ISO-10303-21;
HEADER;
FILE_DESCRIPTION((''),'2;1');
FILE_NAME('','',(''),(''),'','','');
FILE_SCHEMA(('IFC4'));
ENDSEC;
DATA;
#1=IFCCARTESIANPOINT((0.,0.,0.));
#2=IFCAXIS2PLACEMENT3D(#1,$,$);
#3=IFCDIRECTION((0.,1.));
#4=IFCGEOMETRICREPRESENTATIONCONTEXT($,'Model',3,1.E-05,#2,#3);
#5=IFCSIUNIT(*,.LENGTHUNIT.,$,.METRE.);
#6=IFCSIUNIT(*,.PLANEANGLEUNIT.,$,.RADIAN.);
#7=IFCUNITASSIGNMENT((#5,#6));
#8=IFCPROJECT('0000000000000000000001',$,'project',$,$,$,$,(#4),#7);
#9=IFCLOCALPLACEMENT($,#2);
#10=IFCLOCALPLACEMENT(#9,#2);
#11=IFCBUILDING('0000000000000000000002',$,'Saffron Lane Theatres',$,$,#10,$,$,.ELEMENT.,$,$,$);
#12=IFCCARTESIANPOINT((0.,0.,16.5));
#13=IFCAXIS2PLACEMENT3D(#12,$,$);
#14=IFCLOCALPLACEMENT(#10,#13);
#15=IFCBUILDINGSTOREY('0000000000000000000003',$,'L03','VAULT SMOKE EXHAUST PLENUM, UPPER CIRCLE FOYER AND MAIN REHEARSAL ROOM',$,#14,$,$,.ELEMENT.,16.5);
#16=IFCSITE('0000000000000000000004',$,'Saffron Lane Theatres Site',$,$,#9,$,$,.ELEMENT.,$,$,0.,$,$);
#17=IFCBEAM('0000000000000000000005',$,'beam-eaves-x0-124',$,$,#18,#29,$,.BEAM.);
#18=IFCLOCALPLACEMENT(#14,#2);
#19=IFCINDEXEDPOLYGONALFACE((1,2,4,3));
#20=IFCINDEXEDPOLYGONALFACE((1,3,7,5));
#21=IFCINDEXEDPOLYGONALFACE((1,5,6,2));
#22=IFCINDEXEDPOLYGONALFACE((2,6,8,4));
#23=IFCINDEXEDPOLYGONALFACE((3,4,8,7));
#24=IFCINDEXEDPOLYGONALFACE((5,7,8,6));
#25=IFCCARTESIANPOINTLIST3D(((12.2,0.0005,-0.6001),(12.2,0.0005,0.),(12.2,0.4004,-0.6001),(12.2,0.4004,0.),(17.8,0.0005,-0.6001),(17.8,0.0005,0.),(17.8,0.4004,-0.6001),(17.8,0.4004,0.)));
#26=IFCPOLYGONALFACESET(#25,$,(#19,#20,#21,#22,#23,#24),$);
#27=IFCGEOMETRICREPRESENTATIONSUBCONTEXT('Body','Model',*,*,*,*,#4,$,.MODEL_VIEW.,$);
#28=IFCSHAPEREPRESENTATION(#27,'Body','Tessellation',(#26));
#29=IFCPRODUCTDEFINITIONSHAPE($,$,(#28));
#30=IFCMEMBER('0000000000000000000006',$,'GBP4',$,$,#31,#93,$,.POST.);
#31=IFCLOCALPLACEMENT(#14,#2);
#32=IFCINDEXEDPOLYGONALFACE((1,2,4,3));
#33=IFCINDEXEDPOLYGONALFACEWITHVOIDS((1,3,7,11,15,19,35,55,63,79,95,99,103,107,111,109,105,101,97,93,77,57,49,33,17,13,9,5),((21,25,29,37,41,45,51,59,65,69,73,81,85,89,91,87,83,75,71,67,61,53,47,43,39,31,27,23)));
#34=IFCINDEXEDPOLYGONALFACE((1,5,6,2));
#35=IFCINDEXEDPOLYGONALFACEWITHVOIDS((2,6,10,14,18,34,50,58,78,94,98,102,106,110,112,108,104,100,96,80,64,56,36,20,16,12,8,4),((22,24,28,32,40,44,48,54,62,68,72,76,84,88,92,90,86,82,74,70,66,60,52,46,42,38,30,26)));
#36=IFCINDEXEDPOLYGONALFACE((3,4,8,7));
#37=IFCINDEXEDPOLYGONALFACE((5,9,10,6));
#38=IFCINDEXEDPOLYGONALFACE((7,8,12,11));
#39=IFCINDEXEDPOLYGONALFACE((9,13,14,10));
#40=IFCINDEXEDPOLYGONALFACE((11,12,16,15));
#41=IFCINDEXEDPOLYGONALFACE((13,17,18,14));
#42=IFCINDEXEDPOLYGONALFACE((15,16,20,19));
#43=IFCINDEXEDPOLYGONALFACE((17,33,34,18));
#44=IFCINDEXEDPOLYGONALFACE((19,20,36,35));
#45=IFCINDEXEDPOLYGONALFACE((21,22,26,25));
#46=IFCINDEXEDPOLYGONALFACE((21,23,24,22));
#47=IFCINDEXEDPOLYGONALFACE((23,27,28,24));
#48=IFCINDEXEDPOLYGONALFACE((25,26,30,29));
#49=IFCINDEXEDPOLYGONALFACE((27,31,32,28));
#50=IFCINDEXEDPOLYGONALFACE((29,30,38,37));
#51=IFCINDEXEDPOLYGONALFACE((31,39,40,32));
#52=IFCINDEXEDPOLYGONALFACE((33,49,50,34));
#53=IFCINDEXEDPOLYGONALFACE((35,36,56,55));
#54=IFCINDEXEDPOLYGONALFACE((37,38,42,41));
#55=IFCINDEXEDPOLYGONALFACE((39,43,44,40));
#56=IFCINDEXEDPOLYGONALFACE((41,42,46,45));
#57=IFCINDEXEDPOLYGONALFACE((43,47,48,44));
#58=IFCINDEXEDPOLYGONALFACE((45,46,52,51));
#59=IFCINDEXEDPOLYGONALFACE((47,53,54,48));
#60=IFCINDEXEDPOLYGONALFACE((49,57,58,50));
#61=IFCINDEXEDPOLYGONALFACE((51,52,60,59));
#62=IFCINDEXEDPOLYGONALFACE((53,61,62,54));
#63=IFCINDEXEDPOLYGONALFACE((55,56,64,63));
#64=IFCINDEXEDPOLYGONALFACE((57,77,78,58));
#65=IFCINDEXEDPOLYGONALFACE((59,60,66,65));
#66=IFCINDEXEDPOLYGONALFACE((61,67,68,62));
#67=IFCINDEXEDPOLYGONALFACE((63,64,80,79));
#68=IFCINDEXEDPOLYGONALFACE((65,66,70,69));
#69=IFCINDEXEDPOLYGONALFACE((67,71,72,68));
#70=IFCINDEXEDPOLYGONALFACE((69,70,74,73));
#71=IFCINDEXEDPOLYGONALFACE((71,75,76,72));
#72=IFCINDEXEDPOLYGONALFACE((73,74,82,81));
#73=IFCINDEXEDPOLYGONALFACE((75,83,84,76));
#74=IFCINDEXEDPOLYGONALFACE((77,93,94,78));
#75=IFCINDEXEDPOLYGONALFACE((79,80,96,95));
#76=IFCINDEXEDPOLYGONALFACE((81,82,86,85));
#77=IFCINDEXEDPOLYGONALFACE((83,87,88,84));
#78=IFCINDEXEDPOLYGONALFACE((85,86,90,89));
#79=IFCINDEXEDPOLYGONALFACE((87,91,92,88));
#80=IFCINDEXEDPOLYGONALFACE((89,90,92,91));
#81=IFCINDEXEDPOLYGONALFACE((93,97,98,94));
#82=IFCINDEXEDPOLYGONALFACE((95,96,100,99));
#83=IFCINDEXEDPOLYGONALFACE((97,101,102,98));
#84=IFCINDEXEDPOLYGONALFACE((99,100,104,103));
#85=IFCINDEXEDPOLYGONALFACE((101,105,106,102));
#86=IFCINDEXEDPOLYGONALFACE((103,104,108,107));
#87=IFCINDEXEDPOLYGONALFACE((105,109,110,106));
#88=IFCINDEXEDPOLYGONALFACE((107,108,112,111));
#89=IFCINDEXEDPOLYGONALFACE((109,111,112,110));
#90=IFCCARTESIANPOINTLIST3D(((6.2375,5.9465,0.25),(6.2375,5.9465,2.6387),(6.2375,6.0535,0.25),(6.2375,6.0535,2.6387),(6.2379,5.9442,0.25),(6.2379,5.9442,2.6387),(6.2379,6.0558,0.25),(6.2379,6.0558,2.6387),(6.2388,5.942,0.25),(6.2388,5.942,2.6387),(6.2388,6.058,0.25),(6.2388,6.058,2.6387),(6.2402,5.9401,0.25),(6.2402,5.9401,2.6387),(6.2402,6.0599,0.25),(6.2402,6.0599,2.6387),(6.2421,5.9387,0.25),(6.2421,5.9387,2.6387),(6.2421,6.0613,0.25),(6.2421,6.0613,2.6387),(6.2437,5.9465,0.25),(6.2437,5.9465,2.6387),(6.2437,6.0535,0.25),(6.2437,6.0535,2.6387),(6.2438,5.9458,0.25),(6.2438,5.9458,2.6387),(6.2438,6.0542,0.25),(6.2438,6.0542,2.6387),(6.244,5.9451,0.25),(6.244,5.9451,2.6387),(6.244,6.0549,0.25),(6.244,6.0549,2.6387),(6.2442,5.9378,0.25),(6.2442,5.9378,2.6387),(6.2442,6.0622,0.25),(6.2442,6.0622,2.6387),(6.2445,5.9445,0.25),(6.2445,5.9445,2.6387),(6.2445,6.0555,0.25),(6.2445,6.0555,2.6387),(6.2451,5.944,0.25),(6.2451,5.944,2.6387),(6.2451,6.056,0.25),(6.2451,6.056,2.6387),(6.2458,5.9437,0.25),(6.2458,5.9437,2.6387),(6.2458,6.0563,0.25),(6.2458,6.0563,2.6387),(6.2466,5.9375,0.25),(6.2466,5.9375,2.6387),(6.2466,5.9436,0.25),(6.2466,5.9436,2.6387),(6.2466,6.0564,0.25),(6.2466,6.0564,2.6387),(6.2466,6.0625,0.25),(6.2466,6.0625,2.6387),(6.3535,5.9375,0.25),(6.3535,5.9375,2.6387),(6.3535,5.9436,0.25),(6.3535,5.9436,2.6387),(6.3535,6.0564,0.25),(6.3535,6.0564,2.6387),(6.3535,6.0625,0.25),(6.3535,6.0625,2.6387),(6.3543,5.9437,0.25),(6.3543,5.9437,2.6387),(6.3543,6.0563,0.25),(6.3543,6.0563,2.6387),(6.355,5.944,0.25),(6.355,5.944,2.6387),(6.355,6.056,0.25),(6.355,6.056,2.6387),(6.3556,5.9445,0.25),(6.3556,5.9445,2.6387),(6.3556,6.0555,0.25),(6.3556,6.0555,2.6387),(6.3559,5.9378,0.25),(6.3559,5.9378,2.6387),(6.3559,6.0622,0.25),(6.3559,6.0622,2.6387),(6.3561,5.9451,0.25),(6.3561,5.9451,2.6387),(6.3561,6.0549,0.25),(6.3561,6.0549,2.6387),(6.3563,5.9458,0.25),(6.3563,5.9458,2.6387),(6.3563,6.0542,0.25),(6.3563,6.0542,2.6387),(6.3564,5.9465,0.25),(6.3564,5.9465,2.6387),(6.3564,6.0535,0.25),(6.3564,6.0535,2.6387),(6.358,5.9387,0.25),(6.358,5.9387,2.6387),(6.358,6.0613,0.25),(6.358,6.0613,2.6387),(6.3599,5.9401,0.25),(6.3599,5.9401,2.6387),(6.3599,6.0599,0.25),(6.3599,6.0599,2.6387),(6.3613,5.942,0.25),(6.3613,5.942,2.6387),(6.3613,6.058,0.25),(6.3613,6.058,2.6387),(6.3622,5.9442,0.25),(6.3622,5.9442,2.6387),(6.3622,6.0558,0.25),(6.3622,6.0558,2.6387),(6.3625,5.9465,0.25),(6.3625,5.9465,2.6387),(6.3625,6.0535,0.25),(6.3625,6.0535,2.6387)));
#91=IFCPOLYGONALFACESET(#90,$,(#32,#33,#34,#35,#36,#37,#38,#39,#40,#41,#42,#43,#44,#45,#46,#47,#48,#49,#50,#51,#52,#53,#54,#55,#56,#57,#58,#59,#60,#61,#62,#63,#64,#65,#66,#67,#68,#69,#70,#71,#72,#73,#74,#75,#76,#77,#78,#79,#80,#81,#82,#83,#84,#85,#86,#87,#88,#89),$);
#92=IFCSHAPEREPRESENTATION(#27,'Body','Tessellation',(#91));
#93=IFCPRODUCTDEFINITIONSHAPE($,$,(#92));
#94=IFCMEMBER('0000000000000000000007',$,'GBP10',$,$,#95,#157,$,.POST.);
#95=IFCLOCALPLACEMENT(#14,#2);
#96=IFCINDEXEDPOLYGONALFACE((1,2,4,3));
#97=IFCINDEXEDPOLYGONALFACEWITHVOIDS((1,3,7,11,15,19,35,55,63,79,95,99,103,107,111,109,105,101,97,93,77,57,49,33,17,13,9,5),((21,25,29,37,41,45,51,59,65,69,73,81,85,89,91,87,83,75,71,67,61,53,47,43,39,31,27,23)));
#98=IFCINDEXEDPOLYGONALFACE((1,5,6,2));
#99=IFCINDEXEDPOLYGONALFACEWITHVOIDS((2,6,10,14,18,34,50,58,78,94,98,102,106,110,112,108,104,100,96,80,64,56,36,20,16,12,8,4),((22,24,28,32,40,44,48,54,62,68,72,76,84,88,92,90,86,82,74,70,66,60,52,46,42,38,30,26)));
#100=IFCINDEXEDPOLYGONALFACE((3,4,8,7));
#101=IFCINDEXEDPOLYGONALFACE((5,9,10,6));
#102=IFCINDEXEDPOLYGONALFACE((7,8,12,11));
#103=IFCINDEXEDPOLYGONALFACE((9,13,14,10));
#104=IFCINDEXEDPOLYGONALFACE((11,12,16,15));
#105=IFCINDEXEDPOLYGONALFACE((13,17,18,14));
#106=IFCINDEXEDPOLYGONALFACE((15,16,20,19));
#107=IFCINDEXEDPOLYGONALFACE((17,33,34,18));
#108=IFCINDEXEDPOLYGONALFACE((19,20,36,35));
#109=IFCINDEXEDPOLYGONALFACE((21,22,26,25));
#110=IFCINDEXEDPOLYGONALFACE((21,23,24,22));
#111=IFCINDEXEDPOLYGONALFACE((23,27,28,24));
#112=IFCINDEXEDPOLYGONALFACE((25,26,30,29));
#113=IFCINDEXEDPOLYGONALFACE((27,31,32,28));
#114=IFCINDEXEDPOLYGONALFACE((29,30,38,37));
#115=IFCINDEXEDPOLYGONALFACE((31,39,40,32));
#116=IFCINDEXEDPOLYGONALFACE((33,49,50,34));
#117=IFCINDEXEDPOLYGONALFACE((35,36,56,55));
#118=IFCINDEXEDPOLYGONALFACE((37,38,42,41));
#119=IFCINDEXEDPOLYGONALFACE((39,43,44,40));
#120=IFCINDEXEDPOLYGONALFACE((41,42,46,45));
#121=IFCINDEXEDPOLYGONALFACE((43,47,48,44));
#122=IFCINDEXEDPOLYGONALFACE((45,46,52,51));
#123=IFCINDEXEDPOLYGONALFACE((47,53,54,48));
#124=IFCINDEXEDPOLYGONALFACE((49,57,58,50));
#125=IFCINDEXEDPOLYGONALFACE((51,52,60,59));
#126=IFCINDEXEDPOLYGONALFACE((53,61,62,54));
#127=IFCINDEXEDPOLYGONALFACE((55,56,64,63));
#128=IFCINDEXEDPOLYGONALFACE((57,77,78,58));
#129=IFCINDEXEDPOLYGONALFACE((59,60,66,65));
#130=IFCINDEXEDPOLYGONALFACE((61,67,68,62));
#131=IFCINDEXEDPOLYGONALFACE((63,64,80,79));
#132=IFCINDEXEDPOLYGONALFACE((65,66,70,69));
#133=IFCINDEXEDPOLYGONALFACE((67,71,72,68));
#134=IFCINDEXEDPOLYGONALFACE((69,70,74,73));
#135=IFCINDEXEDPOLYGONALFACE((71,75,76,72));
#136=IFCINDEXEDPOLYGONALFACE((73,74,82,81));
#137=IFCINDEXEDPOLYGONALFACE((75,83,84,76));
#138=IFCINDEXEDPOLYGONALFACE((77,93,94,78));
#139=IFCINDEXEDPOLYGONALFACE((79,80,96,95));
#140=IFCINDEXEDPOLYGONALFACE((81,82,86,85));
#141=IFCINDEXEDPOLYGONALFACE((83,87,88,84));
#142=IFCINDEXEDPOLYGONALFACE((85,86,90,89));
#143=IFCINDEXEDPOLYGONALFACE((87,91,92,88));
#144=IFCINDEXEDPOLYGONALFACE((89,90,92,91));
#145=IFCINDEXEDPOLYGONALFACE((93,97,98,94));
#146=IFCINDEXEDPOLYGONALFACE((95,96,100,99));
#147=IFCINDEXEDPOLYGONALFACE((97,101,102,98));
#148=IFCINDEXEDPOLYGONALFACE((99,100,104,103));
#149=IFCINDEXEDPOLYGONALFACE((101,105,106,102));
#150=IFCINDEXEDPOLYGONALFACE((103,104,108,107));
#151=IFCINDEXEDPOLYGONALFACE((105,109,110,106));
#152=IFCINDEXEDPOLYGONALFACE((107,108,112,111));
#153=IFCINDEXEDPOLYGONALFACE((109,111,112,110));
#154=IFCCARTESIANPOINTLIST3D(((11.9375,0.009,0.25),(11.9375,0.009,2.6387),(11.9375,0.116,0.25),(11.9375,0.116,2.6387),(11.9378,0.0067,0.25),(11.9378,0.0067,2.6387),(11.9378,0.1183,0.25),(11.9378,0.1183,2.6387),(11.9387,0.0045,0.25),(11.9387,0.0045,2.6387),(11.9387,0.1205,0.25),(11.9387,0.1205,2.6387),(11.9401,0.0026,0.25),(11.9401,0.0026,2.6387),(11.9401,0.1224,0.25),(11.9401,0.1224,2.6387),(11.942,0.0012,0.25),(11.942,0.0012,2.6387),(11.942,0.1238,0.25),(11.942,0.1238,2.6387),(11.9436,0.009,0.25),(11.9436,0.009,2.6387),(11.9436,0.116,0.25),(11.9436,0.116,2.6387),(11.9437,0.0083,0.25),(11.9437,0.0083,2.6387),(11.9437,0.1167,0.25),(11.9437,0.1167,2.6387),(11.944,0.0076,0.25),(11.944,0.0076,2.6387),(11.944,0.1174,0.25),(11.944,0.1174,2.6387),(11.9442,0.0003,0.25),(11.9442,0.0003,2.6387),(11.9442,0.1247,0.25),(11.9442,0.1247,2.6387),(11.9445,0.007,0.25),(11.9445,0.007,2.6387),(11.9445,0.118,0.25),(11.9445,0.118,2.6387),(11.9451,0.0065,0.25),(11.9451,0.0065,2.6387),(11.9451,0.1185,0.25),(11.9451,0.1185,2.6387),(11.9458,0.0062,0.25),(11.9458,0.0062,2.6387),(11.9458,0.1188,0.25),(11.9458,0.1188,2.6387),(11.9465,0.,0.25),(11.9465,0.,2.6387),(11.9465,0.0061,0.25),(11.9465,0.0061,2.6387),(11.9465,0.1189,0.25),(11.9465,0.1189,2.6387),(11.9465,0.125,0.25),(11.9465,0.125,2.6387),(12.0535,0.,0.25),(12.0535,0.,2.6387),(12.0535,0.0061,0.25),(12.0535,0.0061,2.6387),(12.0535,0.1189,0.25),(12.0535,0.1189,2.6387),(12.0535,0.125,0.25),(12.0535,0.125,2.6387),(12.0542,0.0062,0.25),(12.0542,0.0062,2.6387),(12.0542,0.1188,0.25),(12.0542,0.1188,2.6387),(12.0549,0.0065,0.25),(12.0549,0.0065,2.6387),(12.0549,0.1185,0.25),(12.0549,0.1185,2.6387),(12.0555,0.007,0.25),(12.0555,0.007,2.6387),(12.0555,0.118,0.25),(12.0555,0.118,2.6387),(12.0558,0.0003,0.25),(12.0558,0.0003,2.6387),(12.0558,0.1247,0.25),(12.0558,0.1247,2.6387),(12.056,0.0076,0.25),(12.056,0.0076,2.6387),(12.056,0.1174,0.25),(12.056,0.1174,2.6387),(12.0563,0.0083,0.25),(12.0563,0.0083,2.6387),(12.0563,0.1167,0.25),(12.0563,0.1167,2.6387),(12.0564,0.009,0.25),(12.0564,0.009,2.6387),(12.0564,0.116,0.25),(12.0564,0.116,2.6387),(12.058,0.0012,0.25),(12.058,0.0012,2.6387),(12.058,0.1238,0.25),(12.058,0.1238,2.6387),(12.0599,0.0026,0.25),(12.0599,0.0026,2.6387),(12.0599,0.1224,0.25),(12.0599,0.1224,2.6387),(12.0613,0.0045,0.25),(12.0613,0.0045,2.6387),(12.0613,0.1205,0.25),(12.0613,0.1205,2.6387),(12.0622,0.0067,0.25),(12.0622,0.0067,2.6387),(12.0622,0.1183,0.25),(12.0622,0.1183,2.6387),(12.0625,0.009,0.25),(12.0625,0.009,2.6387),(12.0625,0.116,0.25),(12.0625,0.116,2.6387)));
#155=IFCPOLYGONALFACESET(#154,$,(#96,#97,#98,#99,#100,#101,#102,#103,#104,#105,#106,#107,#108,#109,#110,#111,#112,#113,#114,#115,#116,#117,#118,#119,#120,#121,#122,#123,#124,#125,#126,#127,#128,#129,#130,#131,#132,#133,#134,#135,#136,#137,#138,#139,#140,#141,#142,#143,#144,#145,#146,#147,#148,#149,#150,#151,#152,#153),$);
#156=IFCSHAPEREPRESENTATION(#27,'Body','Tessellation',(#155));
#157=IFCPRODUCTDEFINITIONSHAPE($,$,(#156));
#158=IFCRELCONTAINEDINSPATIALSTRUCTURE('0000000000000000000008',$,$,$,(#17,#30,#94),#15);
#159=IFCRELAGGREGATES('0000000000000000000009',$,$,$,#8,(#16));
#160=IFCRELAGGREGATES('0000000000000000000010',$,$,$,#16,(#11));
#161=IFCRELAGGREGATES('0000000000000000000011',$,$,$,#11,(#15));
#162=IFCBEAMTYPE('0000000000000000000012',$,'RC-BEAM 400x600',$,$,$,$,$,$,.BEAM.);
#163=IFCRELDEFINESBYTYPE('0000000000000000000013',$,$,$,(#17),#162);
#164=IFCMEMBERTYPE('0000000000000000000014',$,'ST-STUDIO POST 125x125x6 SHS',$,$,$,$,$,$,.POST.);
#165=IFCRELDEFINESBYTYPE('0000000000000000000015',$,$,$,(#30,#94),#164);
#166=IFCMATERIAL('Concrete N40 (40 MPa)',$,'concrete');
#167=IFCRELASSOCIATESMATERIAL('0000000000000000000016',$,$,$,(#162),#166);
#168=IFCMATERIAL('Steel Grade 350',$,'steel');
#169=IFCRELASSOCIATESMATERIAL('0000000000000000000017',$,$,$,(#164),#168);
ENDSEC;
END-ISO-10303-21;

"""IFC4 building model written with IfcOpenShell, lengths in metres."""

from ifc_helpers import new_model, si_unit, direction, frame, origin, origin_2d, place, context, subcontext, project, spatial, rectangle, hollow_rectangle, extrude, material, material_profile, profile_set, type_object, element, save


model = new_model("IFC4")

# Units and contexts
model_context = context("Model", 3, precision=1e-05, world=origin(), true_north=direction((0.0, 1.0)))
body_context = subcontext(model_context, "Body", "Model", "MODEL_VIEW")
ifc_project = project(units=[si_unit("LENGTHUNIT", "METRE"), si_unit("PLANEANGLEUNIT", "RADIAN")], contexts=[model_context])

# Site, building, storey
site_placement = place(None, origin())
site = spatial("IfcSite", under=ifc_project, at=site_placement, Name="Saffron Lane Theatres Site", CompositionType="ELEMENT", RefElevation=0.0)
building_placement = place(site_placement, origin())
building = spatial("IfcBuilding", under=site, at=building_placement, Name="Saffron Lane Theatres", CompositionType="ELEMENT")
storey_placement = place(building_placement, frame((0.0, 0.0, 16.5)))
storey = spatial("IfcBuildingStorey", under=building, at=storey_placement, Name="L03", Description="VAULT SMOKE EXHAUST PLENUM, UPPER CIRCLE FOYER AND MAIN REHEARSAL ROOM", CompositionType="ELEMENT", Elevation=16.5)

# Beam
ifc_material_1 = material(Name="Concrete N40 (40 MPa)", Category="concrete")
ifc_material_profile_1 = material_profile(ifc_material_1, rectangle(XDim=0.3999, YDim=0.6001, at=origin_2d()))
ifc_profile_set_1 = profile_set([ifc_material_profile_1], Name="Concrete N40 (40 MPa)")
beam_type = type_object("IfcBeamType", Name="RC-BEAM 400x600", PredefinedType="BEAM", material=ifc_profile_set_1)
beam_placement = place(storey_placement, frame((12.2, 0.2004, -0.3), z_axis=(1.0, 0.0, 0.0), x_axis=(0.0, 1.0, 0.0)))
element("IfcBeam", 1, at=beam_placement, inside=storey, type_object=beam_type, Name="beam-eaves-x0-124", PredefinedType="BEAM", context=body_context, shape_type="SweptSolid", body=[
    extrude(rectangle(XDim=0.3999, YDim=0.6001, at=origin_2d()), origin(), (0.0, 0.0, 1.0), 5.6001),
])

# Members
ifc_material_2 = material(Name="Steel Grade 350", Category="steel")
ifc_material_profile_2 = material_profile(ifc_material_2, hollow_rectangle(XDim=0.125, YDim=0.125, WallThickness=0.0061, InnerFilletRadius=0.0029, OuterFilletRadius=0.009, at=origin_2d()))
ifc_profile_set_2 = profile_set([ifc_material_profile_2], Name="Steel Grade 350")
member_type_1 = type_object("IfcMemberType", Name="ST-STUDIO POST 125x125x6 SHS", PredefinedType="POST", material=ifc_profile_set_2)
for number, where, z_axis, x_axis, name in (
    (2, (6.3, 6.0, 0.25), (0.0, 0.0, 1.0), (1.0, 0.0, 0.0), "GBP4"),
    (3, (12.0, 0.0625, 0.25), (0.0, 0.0, 1.0), (1.0, 0.0, 0.0), "GBP10"),
):
    element("IfcMember", number, at=place(storey_placement, frame(where, z_axis=z_axis, x_axis=x_axis)), inside=storey, type_object=member_type_1, Name=name, PredefinedType="POST", context=body_context, shape_type="SweptSolid", body=[
        extrude(hollow_rectangle(XDim=0.125, YDim=0.125, WallThickness=0.0061, InnerFilletRadius=0.0029, OuterFilletRadius=0.009, at=origin_2d()), origin(), (0.0, 0.0, 1.0), 2.3887),
    ])

save(model, "model.ifc")
